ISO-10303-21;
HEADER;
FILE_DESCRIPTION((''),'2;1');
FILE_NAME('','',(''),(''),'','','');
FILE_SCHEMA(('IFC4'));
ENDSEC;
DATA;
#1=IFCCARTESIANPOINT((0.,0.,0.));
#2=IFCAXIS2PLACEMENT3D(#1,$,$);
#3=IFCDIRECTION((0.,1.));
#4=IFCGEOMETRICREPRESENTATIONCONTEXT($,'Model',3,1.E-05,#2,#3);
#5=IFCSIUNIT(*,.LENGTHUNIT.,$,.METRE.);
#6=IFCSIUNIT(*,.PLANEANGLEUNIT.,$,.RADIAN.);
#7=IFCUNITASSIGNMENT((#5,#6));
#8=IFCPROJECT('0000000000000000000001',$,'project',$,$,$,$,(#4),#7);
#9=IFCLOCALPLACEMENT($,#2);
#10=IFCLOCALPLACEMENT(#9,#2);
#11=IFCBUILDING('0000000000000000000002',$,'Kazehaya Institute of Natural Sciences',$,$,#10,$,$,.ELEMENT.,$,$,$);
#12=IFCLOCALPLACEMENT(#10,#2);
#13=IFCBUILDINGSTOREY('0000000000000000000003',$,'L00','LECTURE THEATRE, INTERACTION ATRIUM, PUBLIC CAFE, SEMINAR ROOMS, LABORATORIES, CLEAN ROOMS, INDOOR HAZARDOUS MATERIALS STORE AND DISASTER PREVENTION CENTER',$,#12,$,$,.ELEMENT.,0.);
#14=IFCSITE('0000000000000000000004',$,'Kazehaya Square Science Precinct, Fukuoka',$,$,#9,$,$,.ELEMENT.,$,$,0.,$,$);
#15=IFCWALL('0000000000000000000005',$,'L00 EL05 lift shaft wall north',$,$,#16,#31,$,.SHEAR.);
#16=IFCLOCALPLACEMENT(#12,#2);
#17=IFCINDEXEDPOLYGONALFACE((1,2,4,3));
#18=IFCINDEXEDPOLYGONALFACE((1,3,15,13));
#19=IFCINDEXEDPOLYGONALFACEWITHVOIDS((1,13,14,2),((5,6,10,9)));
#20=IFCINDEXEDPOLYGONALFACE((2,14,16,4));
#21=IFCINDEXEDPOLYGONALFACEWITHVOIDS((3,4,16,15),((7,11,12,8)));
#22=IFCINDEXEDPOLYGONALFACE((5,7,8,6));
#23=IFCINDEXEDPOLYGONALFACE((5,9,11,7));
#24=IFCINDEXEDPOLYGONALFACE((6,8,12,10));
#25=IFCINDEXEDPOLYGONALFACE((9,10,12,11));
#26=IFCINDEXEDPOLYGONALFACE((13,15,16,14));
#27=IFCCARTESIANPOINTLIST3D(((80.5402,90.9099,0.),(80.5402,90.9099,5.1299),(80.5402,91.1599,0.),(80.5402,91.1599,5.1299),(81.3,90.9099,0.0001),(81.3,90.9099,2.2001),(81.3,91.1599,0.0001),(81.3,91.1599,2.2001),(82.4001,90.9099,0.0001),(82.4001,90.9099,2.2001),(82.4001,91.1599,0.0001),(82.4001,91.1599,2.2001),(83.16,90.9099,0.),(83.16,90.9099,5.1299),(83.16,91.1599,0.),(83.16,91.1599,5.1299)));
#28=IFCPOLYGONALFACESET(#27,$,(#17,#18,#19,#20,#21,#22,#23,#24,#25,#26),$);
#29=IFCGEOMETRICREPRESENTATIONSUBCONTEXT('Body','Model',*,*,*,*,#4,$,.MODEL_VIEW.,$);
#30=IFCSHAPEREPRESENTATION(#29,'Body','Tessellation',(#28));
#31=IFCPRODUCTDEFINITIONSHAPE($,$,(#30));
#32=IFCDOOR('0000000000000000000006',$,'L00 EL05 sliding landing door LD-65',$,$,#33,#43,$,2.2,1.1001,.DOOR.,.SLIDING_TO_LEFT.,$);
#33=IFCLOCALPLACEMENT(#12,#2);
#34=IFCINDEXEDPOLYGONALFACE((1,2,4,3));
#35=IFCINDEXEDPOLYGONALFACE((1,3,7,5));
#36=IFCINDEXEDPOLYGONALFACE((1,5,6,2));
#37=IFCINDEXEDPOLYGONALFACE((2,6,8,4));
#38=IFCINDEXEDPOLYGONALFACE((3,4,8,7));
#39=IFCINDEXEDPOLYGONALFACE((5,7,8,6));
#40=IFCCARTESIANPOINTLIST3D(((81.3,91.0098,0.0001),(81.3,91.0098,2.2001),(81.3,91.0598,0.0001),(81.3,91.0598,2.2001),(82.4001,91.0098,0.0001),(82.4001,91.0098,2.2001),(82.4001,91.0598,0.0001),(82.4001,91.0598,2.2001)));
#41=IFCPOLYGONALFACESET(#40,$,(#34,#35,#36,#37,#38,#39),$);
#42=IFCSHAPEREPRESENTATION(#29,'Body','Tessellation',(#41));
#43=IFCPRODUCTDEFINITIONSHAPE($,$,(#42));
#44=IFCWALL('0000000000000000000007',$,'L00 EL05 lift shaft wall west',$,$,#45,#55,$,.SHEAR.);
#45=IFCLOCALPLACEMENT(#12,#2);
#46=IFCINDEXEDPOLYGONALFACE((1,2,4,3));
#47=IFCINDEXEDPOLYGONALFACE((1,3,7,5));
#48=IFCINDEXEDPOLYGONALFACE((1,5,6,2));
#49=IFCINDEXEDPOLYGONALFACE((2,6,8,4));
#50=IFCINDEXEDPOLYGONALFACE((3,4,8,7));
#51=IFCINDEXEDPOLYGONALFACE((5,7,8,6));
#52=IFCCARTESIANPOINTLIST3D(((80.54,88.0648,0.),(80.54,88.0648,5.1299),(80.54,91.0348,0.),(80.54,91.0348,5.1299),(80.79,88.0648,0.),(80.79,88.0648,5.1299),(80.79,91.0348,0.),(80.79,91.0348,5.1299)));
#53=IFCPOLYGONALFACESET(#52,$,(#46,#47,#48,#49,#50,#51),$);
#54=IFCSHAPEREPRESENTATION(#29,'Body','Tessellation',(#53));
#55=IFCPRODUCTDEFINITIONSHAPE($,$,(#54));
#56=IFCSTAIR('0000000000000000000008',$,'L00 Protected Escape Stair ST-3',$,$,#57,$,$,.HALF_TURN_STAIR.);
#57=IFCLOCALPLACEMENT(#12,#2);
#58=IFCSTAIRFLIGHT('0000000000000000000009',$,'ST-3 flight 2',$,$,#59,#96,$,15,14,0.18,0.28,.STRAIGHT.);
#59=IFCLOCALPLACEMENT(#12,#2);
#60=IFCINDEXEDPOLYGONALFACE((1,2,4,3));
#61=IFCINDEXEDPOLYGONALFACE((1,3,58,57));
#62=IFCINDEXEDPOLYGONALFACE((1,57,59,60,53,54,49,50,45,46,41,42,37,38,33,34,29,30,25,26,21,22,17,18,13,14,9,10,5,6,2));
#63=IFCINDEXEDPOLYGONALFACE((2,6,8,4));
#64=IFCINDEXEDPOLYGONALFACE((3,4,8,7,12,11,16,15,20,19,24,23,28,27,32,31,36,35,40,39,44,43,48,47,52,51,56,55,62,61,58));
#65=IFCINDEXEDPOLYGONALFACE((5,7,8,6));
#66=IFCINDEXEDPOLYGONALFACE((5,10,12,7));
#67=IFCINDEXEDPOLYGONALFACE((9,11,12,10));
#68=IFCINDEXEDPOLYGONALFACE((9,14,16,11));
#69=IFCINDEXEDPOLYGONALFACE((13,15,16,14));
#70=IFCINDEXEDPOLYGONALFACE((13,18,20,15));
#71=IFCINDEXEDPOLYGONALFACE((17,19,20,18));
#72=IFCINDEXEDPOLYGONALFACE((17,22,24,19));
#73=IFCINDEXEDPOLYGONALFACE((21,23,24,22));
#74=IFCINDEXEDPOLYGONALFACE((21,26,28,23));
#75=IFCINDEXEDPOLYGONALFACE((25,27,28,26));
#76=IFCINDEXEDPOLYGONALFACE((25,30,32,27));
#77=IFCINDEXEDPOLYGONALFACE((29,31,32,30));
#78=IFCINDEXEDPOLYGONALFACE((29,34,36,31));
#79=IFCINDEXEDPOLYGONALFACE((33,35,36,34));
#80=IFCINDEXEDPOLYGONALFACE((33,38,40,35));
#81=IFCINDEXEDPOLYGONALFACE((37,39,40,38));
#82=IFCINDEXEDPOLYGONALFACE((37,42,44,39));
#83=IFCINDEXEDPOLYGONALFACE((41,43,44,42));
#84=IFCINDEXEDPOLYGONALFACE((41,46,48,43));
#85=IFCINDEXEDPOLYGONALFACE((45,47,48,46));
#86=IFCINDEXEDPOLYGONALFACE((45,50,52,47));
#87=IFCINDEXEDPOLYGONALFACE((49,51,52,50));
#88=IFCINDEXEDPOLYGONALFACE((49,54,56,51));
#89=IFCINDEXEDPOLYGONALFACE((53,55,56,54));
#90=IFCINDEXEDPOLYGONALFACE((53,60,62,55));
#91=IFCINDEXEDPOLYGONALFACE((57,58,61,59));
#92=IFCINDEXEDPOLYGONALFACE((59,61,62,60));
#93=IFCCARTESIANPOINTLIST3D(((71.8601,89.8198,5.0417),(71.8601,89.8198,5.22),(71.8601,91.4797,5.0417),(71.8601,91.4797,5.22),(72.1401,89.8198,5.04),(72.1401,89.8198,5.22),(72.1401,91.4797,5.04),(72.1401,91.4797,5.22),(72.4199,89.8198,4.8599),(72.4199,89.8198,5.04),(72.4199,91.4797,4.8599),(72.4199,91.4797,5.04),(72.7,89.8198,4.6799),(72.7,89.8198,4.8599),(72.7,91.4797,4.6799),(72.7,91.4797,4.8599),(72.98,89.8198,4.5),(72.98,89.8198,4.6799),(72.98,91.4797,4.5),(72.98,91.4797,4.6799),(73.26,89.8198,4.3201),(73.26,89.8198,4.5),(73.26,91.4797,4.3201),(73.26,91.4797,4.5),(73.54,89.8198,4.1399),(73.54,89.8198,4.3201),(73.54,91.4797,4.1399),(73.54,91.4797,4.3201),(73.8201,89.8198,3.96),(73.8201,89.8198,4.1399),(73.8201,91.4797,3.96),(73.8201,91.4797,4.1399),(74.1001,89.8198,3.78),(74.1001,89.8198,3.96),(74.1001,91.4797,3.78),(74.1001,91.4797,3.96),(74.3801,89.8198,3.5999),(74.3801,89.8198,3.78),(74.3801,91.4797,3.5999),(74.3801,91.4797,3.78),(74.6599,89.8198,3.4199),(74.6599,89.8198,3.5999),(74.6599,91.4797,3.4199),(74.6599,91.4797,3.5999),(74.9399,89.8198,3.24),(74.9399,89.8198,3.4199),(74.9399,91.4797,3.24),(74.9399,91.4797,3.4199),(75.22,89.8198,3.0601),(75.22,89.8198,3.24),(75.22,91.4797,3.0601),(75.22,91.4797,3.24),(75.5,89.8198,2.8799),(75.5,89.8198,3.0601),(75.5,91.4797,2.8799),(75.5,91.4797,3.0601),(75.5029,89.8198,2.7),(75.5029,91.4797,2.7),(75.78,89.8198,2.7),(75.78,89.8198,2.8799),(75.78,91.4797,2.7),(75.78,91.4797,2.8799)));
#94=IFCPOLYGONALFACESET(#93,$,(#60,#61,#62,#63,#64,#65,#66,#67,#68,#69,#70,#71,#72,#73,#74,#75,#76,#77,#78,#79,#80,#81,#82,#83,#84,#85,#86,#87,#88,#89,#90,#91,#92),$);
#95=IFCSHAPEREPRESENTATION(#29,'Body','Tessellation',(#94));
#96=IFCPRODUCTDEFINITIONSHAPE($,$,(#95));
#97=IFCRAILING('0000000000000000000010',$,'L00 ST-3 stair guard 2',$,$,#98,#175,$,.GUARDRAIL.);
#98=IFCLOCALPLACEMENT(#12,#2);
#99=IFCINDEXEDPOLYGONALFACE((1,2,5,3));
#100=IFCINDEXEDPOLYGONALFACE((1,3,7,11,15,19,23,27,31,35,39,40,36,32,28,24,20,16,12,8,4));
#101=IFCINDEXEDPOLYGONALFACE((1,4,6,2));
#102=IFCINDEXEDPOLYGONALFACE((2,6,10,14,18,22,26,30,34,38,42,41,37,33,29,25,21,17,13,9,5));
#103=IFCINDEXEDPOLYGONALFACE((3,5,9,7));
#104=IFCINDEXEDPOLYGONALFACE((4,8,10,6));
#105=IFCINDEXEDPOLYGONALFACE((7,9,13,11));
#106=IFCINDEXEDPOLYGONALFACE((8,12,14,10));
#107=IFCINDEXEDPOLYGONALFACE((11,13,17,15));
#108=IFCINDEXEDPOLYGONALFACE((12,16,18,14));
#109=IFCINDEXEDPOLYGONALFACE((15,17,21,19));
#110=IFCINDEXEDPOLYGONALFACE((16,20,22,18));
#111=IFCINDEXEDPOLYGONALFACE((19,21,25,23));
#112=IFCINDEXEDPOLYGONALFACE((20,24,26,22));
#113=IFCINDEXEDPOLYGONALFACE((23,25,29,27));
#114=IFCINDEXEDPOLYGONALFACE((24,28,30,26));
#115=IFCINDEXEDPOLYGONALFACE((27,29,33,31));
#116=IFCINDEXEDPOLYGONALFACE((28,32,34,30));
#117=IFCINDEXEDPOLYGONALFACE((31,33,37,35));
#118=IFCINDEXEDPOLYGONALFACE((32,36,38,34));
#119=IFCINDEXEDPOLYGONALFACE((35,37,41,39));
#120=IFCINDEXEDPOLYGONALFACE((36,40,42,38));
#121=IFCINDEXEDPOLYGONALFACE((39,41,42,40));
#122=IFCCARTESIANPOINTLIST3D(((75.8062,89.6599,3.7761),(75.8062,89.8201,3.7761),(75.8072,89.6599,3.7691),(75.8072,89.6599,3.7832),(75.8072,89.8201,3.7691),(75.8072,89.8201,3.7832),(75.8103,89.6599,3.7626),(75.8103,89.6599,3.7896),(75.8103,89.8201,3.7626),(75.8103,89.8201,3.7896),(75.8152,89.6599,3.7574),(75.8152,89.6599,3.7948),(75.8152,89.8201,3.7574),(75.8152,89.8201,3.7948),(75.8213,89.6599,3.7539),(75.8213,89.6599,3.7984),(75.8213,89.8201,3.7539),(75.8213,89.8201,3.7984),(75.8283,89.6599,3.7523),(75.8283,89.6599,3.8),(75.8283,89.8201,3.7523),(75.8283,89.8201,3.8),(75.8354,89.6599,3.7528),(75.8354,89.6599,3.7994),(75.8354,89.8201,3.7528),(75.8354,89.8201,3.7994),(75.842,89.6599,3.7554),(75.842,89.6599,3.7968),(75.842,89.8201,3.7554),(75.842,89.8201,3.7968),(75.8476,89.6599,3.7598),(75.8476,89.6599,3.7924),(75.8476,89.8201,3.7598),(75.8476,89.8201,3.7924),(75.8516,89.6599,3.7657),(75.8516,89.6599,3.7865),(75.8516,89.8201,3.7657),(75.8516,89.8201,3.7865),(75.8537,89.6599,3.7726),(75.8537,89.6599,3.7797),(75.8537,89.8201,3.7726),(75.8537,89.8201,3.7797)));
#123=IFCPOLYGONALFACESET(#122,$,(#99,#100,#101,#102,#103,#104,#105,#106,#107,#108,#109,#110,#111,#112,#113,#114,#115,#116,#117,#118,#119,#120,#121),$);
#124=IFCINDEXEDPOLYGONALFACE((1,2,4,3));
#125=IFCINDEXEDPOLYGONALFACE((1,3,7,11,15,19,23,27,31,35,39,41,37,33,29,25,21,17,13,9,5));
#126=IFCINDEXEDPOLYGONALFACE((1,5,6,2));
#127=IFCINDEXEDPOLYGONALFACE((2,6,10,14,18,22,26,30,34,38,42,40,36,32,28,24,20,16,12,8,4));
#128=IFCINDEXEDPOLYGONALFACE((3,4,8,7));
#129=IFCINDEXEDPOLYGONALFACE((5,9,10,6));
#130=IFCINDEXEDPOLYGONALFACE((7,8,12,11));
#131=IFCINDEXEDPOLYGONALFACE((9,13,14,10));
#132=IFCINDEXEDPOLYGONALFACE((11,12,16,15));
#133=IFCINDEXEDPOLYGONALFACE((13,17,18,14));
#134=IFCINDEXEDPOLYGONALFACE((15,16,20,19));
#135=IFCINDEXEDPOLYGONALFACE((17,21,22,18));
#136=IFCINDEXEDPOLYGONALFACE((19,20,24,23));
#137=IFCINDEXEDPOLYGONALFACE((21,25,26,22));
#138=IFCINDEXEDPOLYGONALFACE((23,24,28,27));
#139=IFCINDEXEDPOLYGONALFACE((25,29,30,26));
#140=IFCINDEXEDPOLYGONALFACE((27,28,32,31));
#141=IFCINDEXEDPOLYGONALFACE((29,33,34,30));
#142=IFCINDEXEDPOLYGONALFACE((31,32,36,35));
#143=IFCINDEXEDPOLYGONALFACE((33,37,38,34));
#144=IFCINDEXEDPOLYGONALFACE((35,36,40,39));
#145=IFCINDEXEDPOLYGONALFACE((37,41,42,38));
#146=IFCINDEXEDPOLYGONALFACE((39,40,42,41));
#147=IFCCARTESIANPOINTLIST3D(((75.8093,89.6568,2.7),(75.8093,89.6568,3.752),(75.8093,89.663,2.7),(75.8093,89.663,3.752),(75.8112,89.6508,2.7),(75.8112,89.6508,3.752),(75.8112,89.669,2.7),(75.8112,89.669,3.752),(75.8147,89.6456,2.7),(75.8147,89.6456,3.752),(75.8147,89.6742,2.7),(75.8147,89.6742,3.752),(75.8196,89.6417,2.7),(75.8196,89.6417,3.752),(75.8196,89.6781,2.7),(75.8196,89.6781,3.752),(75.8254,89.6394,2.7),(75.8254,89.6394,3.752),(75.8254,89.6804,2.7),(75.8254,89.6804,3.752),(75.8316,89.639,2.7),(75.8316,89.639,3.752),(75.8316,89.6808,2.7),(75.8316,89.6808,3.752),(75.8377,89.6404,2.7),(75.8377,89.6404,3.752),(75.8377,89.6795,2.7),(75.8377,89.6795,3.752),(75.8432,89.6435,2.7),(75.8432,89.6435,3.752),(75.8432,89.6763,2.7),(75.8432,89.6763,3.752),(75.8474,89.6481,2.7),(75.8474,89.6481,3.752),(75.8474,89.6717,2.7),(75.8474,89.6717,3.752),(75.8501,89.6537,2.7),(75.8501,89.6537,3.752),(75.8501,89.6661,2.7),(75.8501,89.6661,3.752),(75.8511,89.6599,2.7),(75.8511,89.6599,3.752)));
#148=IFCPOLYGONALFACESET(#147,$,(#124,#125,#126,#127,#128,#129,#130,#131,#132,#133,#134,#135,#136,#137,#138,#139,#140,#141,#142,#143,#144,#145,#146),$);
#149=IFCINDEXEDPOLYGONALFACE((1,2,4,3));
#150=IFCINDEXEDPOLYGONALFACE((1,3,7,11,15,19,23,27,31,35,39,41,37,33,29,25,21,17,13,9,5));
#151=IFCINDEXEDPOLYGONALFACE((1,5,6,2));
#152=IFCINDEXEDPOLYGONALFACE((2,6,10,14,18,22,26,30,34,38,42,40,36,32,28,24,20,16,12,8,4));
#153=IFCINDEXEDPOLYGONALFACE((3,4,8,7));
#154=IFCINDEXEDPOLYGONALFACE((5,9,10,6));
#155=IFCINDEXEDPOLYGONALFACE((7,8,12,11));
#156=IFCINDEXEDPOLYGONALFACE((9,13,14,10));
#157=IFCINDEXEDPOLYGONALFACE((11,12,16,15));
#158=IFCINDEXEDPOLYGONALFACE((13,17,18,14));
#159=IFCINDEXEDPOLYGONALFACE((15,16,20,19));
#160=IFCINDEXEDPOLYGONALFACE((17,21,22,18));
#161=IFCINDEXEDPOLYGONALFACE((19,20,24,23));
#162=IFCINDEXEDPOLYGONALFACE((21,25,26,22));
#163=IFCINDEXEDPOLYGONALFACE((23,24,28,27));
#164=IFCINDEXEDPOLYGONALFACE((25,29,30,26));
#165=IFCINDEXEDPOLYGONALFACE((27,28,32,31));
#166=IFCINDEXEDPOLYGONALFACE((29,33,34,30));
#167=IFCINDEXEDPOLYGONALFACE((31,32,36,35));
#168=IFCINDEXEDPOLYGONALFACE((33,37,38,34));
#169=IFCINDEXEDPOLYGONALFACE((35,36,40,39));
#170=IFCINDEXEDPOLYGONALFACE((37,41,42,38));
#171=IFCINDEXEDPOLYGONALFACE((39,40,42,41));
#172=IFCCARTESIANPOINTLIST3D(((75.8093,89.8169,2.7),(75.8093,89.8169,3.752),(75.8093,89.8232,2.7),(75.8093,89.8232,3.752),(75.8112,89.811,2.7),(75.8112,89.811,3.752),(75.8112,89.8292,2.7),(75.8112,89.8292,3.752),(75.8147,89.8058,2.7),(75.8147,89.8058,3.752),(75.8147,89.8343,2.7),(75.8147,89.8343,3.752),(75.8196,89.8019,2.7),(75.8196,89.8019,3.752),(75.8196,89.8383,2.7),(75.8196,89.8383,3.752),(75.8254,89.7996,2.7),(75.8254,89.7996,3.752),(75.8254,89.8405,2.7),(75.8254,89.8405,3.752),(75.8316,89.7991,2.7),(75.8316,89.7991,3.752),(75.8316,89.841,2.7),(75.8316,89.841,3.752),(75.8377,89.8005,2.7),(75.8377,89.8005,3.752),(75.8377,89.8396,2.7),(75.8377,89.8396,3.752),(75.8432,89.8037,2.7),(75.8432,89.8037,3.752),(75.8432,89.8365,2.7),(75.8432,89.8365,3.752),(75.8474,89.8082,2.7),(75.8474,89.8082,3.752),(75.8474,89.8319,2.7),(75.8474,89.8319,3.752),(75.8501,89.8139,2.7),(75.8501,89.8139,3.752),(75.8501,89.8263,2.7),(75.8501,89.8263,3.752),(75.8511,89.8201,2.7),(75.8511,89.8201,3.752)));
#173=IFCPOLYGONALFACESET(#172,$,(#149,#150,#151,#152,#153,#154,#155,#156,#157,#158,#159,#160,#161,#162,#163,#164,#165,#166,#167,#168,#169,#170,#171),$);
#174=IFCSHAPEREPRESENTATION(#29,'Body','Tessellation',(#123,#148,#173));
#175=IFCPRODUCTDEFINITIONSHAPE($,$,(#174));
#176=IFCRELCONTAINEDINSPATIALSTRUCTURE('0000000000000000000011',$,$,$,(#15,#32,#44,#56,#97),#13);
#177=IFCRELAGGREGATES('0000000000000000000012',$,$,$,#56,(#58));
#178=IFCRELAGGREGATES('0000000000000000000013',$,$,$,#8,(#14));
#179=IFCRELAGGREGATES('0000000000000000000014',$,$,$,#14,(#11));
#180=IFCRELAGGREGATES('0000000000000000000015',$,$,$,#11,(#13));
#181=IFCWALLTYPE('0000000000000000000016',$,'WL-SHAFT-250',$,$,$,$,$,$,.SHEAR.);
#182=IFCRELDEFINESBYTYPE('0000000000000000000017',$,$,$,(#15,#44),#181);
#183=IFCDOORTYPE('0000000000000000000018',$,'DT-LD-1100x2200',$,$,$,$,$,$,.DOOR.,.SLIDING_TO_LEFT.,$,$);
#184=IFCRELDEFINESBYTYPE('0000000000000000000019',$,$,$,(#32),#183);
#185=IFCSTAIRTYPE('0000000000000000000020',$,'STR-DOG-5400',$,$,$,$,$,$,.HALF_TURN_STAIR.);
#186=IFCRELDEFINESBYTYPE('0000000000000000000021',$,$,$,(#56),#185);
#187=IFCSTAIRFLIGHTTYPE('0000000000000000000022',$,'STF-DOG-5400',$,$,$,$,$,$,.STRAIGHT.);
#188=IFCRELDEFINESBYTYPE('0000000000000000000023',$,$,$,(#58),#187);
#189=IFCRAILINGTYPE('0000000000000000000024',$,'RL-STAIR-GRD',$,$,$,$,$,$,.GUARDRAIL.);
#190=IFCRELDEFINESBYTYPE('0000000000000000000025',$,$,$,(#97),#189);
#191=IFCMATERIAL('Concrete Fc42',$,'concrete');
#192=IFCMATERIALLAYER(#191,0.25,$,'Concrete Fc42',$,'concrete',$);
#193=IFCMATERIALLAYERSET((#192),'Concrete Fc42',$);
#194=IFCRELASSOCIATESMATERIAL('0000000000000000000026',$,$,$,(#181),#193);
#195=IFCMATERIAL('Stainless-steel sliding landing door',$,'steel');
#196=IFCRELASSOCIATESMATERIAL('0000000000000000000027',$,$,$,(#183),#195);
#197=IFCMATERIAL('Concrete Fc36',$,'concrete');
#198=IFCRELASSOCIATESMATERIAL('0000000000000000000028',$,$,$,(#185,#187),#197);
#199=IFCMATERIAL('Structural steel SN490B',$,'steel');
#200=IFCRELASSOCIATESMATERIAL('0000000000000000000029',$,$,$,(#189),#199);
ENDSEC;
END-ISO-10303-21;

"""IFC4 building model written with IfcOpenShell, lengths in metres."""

from ifc_helpers import new_model, si_unit, direction, frame, frame_2d, origin, origin_2d, place, context, subcontext, project, spatial, polyline, rectangle, circle, outline, extrude, material, layer, layer_set, type_object, element, fill, aggregate, save


model = new_model("IFC4")

# Units and contexts
model_context = context("Model", 3, precision=1e-05, world=origin(), true_north=direction((0.0, 1.0)))
body_context = subcontext(model_context, "Body", "Model", "MODEL_VIEW")
ifc_project = project(units=[si_unit("LENGTHUNIT", "METRE"), si_unit("PLANEANGLEUNIT", "RADIAN")], contexts=[model_context])

# Site, building, storey
site_placement = place(None, origin())
site = spatial("IfcSite", under=ifc_project, at=site_placement, Name="Kazehaya Square Science Precinct, Fukuoka", CompositionType="ELEMENT", RefElevation=0.0)
building_placement = place(site_placement, origin())
building = spatial("IfcBuilding", under=site, at=building_placement, Name="Kazehaya Institute of Natural Sciences", CompositionType="ELEMENT")
storey_placement = place(building_placement, origin())
storey = spatial("IfcBuildingStorey", under=building, at=storey_placement, Name="L00", Description="LECTURE THEATRE, INTERACTION ATRIUM, PUBLIC CAFE, SEMINAR ROOMS, LABORATORIES, CLEAN ROOMS, INDOOR HAZARDOUS MATERIALS STORE AND DISASTER PREVENTION CENTER", CompositionType="ELEMENT", Elevation=0.0)

# Shared definitions
ifc_material_1 = material(Name="Concrete Fc42", Category="concrete")

# Shared definitions
ifc_material_2 = material(Name="Concrete Fc36", Category="concrete")

# Shared definitions
ifc_layer_1 = layer(ifc_material_1, 0.25, Name="Concrete Fc42", Category="concrete")
ifc_layer_set_1 = layer_set([ifc_layer_1], Name="Concrete Fc42")
wall_type_1 = type_object("IfcWallType", Name="WL-SHAFT-250", PredefinedType="SHEAR", material=ifc_layer_set_1)

# Shared definitions
ifc_material_3 = material(Name="Stainless-steel sliding landing door", Category="steel")
door_type = type_object("IfcDoorType", Name="DT-LD-1100x2200", OperationType="SLIDING_TO_LEFT", PredefinedType="DOOR", material=ifc_material_3)

# Wall, opening, door
wall_1_placement = place(storey_placement, frame((80.54, 91.0349, 0.0), z_axis=(0.0, 0.0, 1.0), x_axis=(1.0, 0.0, 0.0)))
wall_1 = element("IfcWall", 1, at=wall_1_placement, inside=storey, type_object=wall_type_1, Name="L00 EL05 lift shaft wall north", PredefinedType="SHEAR", context=body_context, shape_type="SweptSolid", body=[
    extrude(rectangle(XDim=2.6199, YDim=0.25, at=frame_2d((1.3101, 0.0))), origin(), (0.0, 0.0, 1.0), 5.1299),
])
opening_1_placement = place(wall_1_placement, frame((0.76, 0.0, 0.0)))
opening_1 = element("IfcOpeningElement", 2, at=opening_1_placement, cuts=wall_1, PredefinedType="OPENING", context=body_context, shape_type="SweptSolid", body=[
    extrude(rectangle(XDim=1.1001, YDim=2.2, at=frame_2d((0.55, 1.1001))), frame((0.0, 0.135, 0.0), z_axis=(0.0, -1.0, 0.0), x_axis=(1.0, 0.0, 0.0)), (0.0, 0.0, 1.0), 0.27),
])
door_1_placement = place(opening_1_placement, origin())
door_1 = element("IfcDoor", 3, at=door_1_placement, inside=storey, type_object=door_type, Name="L00 EL05 sliding landing door LD-65", OperationType="SLIDING_TO_LEFT", OverallHeight=2.2, OverallWidth=1.1001, PredefinedType="DOOR", context=body_context, shape_type="SweptSolid", body=[
    extrude(rectangle(XDim=1.1001, YDim=2.2, at=frame_2d((0.55, 1.1001))), frame((0.0, 0.0249, 0.0), z_axis=(0.0, -1.0, 0.0), x_axis=(1.0, 0.0, 0.0)), (0.0, 0.0, 1.0), 0.05),
])
fill(opening_1, door_1)

# Wall
wall_2_placement = place(storey_placement, frame((80.665, 88.0649, 0.0), z_axis=(0.0, 0.0, 1.0), x_axis=(0.0, 1.0, 0.0)))
element("IfcWall", 4, at=wall_2_placement, inside=storey, type_object=wall_type_1, Name="L00 EL05 lift shaft wall west", PredefinedType="SHEAR", context=body_context, shape_type="SweptSolid", body=[
    extrude(rectangle(XDim=2.97, YDim=0.25, at=frame_2d((1.4849, 0.0))), origin(), (0.0, 0.0, 1.0), 5.1299),
])

# Stair, stair flight
stair_type = type_object("IfcStairType", Name="STR-DOG-5400", PredefinedType="HALF_TURN_STAIR", material=ifc_material_2)
stair_placement = place(storey_placement, origin())
stair = element("IfcStair", 5, at=stair_placement, inside=storey, type_object=stair_type, Name="L00 Protected Escape Stair ST-3", PredefinedType="HALF_TURN_STAIR")
stair_flight_type = type_object("IfcStairFlightType", Name="STF-DOG-5400", PredefinedType="STRAIGHT", material=ifc_material_2)
stair_flight_placement = place(storey_placement, frame((75.78, 90.6499, 2.7), z_axis=(0.0, 0.0, 1.0), x_axis=(-1.0, 0.0, 0.0)))
stair_flight = element("IfcStairFlight", 6, at=stair_flight_placement, type_object=stair_flight_type, Name="ST-3 flight 2", NumberOfRisers=15, NumberOfTreads=14, PredefinedType="STRAIGHT", RiserHeight=0.18, TreadLength=0.28, context=body_context, shape_type="SweptSolid", body=[
    extrude(outline(polyline([(0.0, 0.0), (0.0, 0.1799), (0.28, 0.1799), (0.28, 0.3601), (0.5601, 0.3601), (0.5601, 0.54), (0.8401, 0.54), (0.8401, 0.72), (1.1201, 0.72), (1.1201, 0.8999), (1.3999, 0.8999), (1.3999, 1.0801), (1.6799, 1.0801), (1.6799, 1.26), (1.96, 1.26), (1.96, 1.4399), (2.24, 1.4399), (2.24, 1.6201), (2.52, 1.6201), (2.52, 1.8), (2.8, 1.8), (2.8, 1.98), (3.0801, 1.98), (3.0801, 2.1599), (3.3601, 2.1599), (3.3601, 2.3401), (3.6399, 2.3401), (3.6399, 2.52), (3.9199, 2.52), (3.9199, 2.7), (3.9199, 2.3418), (0.2771, 0.0), (0.0, 0.0)])), frame((0.0, 0.8301, 0.0), z_axis=(0.0, -1.0, 0.0), x_axis=(1.0, 0.0, 0.0)), (0.0, 0.0, 1.0), 1.6599),
])
aggregate(stair, [stair_flight])

# Railing
ifc_material_4 = material(Name="Structural steel SN490B", Category="steel")
railing_type_1 = type_object("IfcRailingType", Name="RL-STAIR-GRD", PredefinedType="GUARDRAIL", material=ifc_material_4)
railing_1_placement = place(storey_placement, frame((75.8301, 89.6599, 2.7)))
element("IfcRailing", 7, at=railing_1_placement, inside=storey, type_object=railing_type_1, Name="L00 ST-3 stair guard 2", PredefinedType="GUARDRAIL", context=body_context, shape_type="SweptSolid", body=[
    extrude(circle(Radius=0.0239, at=origin_2d()), frame((0.0, 0.0, 1.0762), z_axis=(0.0, 1.0, 0.0), x_axis=(-1.0, 0.0, 0.0)), (0.0, 0.0, 1.0), 0.1602),
    extrude(circle(Radius=0.021, at=origin_2d()), origin(), (0.0, 0.0, 1.0), 1.052),
    extrude(circle(Radius=0.021, at=origin_2d()), frame((0.0, 0.1602, 0.0)), (0.0, 0.0, 1.0), 1.052),
])

save(model, "model.ifc")
